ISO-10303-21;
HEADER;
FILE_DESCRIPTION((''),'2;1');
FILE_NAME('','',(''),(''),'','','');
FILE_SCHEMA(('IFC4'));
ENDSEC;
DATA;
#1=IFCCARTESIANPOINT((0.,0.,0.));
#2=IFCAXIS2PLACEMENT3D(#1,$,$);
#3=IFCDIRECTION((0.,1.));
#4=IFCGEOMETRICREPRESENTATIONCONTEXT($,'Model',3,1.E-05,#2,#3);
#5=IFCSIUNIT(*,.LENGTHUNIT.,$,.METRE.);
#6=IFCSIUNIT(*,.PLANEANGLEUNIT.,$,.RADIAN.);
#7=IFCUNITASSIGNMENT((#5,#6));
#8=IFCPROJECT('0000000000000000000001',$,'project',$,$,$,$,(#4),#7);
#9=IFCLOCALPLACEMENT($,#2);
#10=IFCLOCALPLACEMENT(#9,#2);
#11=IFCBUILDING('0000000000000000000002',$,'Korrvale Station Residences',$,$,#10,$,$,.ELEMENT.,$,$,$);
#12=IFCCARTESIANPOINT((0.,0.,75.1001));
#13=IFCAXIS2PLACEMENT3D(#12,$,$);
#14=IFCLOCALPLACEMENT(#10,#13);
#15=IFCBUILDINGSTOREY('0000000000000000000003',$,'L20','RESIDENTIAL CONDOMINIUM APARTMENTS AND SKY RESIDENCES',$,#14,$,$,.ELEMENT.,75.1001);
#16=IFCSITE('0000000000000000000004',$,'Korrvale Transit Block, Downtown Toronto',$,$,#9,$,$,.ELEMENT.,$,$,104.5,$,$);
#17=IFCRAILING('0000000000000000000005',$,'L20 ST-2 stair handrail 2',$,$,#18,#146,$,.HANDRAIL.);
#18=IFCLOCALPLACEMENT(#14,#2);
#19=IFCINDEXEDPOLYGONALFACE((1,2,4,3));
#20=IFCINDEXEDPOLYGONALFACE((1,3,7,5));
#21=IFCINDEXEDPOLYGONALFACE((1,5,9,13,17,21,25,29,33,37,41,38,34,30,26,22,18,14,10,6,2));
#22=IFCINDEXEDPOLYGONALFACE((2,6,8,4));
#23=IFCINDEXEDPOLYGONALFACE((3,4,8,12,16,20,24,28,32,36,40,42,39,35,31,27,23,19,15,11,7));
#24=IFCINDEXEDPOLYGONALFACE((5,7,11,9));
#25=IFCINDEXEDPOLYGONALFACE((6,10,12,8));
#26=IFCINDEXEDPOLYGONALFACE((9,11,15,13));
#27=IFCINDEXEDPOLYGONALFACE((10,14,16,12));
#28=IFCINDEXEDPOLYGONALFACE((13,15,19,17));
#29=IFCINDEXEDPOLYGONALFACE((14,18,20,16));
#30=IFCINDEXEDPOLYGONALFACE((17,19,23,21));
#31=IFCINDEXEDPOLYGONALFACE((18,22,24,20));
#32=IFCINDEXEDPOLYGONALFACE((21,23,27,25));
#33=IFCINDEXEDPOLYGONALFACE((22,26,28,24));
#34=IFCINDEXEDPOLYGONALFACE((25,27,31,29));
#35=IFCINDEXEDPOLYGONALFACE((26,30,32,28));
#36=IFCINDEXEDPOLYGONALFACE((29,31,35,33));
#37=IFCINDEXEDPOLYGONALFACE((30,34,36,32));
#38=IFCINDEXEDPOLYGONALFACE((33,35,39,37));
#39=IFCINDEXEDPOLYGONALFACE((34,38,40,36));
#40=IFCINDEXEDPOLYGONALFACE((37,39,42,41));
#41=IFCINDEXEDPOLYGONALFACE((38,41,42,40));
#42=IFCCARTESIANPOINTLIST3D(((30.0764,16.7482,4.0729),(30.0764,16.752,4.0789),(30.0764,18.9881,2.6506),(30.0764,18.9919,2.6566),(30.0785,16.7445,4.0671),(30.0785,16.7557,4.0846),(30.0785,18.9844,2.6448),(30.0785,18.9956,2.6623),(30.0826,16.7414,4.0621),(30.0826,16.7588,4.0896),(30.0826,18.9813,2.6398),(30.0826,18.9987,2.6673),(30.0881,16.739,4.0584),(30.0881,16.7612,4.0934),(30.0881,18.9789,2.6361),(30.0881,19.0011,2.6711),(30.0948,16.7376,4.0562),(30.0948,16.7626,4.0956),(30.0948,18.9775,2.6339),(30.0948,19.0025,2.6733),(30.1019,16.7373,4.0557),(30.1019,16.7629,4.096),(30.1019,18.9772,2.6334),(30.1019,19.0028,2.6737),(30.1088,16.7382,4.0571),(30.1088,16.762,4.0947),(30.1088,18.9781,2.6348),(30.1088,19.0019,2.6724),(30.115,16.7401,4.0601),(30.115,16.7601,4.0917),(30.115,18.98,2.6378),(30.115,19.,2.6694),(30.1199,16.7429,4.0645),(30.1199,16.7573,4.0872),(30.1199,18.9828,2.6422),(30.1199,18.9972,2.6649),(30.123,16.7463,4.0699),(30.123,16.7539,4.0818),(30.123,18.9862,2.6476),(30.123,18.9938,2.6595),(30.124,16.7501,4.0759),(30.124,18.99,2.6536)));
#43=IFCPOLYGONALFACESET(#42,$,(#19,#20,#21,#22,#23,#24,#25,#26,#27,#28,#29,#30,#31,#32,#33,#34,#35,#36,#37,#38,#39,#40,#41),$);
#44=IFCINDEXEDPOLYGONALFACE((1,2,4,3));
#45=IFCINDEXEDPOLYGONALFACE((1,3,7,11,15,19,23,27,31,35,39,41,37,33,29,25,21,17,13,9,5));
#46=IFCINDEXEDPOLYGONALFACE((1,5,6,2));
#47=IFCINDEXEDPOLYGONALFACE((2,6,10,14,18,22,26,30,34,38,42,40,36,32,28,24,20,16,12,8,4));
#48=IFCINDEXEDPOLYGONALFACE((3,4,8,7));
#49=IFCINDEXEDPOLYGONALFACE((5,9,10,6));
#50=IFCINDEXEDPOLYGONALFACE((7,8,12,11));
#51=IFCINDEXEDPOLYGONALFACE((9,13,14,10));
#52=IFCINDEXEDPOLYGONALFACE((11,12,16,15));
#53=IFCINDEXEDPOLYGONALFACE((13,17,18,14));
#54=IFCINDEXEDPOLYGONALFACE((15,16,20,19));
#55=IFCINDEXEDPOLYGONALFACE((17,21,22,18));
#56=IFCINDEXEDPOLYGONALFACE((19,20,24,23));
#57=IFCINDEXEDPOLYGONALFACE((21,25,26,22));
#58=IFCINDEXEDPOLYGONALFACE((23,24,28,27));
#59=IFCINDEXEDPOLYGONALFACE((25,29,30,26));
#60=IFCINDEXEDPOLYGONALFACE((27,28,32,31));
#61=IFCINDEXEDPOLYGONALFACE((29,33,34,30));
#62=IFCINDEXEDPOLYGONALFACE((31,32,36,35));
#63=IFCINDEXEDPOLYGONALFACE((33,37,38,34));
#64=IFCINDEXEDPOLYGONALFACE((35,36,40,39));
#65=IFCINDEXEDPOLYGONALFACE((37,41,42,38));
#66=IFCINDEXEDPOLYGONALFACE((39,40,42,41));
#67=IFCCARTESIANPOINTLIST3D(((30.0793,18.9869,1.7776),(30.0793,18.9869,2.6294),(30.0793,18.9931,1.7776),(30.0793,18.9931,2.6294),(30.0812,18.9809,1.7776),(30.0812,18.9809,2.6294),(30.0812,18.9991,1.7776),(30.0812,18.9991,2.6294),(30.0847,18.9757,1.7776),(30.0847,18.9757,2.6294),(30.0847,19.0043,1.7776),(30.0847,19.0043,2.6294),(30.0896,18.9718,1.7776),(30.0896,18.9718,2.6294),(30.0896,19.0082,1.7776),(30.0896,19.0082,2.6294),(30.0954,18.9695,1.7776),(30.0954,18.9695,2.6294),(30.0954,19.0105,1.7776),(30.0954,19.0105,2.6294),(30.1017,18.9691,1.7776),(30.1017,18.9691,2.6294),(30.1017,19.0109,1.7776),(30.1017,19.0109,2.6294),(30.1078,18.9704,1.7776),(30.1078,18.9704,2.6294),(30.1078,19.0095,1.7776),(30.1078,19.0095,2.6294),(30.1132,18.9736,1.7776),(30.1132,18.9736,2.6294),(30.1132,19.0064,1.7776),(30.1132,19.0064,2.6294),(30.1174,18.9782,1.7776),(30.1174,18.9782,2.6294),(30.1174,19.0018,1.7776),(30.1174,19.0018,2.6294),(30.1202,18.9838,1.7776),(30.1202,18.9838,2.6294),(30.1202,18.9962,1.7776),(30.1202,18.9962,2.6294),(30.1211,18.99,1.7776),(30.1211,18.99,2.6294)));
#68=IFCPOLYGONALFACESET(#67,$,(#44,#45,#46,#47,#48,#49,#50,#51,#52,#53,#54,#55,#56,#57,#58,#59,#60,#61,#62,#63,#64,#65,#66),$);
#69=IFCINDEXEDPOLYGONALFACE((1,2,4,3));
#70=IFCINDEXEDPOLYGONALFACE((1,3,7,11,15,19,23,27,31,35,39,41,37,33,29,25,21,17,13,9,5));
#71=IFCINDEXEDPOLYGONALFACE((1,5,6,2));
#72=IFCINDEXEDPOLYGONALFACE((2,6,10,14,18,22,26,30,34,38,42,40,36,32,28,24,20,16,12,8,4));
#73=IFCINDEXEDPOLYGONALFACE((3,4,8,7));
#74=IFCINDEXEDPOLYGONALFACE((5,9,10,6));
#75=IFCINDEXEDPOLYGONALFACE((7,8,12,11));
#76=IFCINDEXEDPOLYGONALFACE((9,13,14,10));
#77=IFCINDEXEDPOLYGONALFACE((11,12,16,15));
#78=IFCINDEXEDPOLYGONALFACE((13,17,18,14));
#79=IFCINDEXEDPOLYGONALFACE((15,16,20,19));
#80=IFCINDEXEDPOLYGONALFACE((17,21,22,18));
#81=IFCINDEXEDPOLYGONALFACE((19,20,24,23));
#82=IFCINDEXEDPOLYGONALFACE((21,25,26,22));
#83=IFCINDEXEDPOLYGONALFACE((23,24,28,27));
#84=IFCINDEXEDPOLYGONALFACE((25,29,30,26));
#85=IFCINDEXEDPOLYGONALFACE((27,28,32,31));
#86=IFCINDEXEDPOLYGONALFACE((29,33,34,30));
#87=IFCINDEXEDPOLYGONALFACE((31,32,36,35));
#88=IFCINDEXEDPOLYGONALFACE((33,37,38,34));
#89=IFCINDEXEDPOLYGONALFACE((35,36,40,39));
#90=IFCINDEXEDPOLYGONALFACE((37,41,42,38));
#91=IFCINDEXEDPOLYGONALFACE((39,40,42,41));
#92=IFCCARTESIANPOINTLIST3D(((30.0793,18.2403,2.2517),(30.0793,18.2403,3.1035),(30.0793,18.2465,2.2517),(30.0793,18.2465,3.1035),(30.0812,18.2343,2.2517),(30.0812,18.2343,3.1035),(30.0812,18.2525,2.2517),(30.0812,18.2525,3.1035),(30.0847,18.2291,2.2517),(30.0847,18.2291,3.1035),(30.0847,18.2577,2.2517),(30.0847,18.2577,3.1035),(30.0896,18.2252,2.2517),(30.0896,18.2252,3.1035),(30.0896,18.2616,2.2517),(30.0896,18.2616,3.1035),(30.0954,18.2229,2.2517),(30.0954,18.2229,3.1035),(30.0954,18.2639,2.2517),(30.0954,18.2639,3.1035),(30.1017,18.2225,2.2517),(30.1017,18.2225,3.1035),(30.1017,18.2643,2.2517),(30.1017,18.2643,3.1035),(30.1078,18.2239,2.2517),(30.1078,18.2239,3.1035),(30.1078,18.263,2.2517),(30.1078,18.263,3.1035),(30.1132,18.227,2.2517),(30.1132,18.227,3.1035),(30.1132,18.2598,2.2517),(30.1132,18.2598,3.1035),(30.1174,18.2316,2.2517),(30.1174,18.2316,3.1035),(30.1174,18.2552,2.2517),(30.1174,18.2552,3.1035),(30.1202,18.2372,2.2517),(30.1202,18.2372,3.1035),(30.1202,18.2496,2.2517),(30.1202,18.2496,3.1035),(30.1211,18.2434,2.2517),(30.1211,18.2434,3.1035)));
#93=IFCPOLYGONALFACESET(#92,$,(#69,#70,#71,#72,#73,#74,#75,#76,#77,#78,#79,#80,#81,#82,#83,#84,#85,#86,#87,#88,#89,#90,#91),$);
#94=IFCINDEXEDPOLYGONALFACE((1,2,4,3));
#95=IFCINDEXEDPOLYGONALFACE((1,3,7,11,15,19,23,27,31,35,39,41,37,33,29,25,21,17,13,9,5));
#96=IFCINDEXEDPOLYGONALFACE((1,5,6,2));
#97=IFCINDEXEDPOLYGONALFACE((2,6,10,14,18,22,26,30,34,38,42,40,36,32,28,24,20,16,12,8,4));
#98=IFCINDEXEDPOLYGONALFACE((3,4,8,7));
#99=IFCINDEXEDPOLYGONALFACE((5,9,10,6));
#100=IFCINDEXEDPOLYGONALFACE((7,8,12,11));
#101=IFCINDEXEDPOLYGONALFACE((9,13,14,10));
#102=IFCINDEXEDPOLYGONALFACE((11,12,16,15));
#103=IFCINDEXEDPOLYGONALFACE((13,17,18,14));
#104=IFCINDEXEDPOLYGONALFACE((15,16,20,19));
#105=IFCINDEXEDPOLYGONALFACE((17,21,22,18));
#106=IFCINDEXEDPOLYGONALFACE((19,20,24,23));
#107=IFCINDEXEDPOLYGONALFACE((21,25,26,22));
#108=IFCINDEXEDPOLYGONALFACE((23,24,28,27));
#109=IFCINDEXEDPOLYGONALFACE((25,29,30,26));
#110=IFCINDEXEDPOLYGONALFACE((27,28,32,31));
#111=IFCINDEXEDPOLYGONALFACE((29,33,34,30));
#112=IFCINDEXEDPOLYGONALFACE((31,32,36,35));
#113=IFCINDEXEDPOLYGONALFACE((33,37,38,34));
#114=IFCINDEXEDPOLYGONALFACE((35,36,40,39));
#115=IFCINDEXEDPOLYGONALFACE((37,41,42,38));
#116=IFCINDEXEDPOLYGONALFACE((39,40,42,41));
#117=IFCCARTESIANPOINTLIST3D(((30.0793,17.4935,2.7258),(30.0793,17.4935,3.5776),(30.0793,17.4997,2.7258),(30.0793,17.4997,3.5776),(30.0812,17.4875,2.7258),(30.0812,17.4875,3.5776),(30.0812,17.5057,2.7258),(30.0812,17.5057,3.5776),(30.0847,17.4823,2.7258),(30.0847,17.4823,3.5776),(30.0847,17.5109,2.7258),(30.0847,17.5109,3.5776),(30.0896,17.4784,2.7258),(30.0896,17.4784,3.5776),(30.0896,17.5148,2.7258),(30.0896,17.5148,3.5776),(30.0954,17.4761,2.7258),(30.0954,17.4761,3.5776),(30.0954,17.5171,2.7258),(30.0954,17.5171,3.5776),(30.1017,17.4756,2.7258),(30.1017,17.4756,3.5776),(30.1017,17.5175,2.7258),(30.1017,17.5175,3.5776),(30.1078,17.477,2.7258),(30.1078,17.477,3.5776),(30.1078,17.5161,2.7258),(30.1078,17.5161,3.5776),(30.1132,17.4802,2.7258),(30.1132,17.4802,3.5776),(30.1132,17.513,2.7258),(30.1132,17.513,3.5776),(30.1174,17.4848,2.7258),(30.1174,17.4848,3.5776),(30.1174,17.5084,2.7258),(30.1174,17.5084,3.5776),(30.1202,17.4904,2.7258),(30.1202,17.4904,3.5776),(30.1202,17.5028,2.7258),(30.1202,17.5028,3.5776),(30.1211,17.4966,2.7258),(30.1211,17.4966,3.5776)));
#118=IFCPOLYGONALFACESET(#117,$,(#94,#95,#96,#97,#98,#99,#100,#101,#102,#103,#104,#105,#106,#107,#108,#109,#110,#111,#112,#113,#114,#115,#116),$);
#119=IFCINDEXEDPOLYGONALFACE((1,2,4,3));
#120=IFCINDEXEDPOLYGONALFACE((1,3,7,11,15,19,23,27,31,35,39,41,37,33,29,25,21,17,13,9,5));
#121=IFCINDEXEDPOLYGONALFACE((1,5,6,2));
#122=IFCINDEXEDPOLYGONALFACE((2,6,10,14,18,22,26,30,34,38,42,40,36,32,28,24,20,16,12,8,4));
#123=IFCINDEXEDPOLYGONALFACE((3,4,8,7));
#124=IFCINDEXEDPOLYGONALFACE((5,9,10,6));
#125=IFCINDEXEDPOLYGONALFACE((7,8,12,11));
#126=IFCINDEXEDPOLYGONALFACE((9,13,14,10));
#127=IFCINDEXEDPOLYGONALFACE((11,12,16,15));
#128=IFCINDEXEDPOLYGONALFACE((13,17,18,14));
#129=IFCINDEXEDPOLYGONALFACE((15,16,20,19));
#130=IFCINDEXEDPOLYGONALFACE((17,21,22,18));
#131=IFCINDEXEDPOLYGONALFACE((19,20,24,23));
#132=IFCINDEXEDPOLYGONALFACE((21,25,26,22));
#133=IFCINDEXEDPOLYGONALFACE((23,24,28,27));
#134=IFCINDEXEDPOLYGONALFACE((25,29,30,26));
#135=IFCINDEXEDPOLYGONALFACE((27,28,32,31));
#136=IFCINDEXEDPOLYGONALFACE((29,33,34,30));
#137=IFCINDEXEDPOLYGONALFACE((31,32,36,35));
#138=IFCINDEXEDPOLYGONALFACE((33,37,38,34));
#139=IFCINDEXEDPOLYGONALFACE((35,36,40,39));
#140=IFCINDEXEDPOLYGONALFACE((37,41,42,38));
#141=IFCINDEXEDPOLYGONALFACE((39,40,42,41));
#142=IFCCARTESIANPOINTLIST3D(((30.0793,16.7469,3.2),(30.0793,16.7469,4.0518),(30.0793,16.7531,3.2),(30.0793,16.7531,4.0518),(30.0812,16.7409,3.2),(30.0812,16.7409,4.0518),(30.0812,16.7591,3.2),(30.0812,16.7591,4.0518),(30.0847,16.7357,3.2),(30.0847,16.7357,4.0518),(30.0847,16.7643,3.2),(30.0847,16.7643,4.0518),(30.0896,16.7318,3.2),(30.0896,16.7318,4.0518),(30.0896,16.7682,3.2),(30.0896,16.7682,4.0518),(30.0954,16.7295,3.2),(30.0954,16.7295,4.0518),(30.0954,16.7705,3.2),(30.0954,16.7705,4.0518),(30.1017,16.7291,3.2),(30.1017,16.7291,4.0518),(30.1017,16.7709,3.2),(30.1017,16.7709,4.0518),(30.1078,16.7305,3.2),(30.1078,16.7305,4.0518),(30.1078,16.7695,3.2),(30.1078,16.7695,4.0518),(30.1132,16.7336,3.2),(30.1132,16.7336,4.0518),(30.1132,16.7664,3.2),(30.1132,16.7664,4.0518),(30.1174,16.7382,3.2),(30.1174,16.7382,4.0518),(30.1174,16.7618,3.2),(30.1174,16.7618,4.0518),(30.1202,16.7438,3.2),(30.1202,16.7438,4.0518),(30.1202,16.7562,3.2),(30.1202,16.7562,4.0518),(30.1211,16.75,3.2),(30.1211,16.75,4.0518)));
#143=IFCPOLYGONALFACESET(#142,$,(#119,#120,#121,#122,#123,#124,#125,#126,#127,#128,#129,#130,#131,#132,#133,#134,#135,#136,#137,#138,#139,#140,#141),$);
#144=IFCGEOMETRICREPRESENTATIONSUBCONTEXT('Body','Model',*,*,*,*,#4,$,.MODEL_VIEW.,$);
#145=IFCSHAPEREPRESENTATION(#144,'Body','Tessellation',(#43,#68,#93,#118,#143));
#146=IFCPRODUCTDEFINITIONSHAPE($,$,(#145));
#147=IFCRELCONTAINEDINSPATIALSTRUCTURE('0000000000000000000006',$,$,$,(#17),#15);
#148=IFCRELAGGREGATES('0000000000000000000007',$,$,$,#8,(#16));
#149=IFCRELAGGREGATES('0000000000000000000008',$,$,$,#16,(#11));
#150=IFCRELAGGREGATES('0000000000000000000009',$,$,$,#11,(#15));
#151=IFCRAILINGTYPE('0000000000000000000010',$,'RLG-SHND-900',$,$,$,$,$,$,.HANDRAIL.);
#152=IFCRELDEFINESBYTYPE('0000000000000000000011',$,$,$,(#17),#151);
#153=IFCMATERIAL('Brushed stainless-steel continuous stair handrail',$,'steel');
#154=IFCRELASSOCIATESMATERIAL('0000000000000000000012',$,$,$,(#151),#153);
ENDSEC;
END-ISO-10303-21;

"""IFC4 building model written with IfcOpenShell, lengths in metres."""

from ifc_helpers import new_model, si_unit, direction, frame, origin, origin_2d, place, context, subcontext, project, spatial, circle, extrude, material, type_object, element, save


model = new_model("IFC4")

# Units and contexts
model_context = context("Model", 3, precision=1e-05, world=origin(), true_north=direction((0.0, 1.0)))
body_context = subcontext(model_context, "Body", "Model", "MODEL_VIEW")
ifc_project = project(units=[si_unit("LENGTHUNIT", "METRE"), si_unit("PLANEANGLEUNIT", "RADIAN")], contexts=[model_context])

# Site, building, storey
site_placement = place(None, origin())
site = spatial("IfcSite", under=ifc_project, at=site_placement, Name="Korrvale Transit Block, Downtown Toronto", CompositionType="ELEMENT", RefElevation=104.5)
building_placement = place(site_placement, origin())
building = spatial("IfcBuilding", under=site, at=building_placement, Name="Korrvale Station Residences", CompositionType="ELEMENT")
storey_placement = place(building_placement, frame((0.0, 0.0, 75.1001)))
storey = spatial("IfcBuildingStorey", under=building, at=storey_placement, Name="L20", Description="RESIDENTIAL CONDOMINIUM APARTMENTS AND SKY RESIDENCES", CompositionType="ELEMENT", Elevation=75.1001)

# Railing
ifc_material_1 = material(Name="Brushed stainless-steel continuous stair handrail", Category="steel")
railing_type_1 = type_object("IfcRailingType", Name="RLG-SHND-900", PredefinedType="HANDRAIL", material=ifc_material_1)
railing_1_placement = place(storey_placement, frame((30.1001, 18.99, 1.7776)))
element("IfcRailing", 1, at=railing_1_placement, inside=storey, type_object=railing_type_1, Name="L20 ST-2 stair handrail 2", PredefinedType="HANDRAIL", context=body_context, shape_type="SweptSolid", body=[
    extrude(circle(Radius=0.0239, at=origin_2d()), frame((0.0, 0.0, 0.876), z_axis=(0.0, -0.844188, 0.536048), x_axis=(1.0, 0.0, 0.0)), (0.0, 0.0, 1.0), 2.6533),
    extrude(circle(Radius=0.021, at=origin_2d()), origin(), (0.0, 0.0, 1.0), 0.8518),
    extrude(circle(Radius=0.021, at=origin_2d()), frame((0.0, -0.7466, 0.4741)), (0.0, 0.0, 1.0), 0.8518),
    extrude(circle(Radius=0.021, at=origin_2d()), frame((0.0, -1.4934, 0.9482)), (0.0, 0.0, 1.0), 0.8518),
    extrude(circle(Radius=0.021, at=origin_2d()), frame((0.0, -2.24, 1.4224)), (0.0, 0.0, 1.0), 0.8518),
])

save(model, "model.ifc")
